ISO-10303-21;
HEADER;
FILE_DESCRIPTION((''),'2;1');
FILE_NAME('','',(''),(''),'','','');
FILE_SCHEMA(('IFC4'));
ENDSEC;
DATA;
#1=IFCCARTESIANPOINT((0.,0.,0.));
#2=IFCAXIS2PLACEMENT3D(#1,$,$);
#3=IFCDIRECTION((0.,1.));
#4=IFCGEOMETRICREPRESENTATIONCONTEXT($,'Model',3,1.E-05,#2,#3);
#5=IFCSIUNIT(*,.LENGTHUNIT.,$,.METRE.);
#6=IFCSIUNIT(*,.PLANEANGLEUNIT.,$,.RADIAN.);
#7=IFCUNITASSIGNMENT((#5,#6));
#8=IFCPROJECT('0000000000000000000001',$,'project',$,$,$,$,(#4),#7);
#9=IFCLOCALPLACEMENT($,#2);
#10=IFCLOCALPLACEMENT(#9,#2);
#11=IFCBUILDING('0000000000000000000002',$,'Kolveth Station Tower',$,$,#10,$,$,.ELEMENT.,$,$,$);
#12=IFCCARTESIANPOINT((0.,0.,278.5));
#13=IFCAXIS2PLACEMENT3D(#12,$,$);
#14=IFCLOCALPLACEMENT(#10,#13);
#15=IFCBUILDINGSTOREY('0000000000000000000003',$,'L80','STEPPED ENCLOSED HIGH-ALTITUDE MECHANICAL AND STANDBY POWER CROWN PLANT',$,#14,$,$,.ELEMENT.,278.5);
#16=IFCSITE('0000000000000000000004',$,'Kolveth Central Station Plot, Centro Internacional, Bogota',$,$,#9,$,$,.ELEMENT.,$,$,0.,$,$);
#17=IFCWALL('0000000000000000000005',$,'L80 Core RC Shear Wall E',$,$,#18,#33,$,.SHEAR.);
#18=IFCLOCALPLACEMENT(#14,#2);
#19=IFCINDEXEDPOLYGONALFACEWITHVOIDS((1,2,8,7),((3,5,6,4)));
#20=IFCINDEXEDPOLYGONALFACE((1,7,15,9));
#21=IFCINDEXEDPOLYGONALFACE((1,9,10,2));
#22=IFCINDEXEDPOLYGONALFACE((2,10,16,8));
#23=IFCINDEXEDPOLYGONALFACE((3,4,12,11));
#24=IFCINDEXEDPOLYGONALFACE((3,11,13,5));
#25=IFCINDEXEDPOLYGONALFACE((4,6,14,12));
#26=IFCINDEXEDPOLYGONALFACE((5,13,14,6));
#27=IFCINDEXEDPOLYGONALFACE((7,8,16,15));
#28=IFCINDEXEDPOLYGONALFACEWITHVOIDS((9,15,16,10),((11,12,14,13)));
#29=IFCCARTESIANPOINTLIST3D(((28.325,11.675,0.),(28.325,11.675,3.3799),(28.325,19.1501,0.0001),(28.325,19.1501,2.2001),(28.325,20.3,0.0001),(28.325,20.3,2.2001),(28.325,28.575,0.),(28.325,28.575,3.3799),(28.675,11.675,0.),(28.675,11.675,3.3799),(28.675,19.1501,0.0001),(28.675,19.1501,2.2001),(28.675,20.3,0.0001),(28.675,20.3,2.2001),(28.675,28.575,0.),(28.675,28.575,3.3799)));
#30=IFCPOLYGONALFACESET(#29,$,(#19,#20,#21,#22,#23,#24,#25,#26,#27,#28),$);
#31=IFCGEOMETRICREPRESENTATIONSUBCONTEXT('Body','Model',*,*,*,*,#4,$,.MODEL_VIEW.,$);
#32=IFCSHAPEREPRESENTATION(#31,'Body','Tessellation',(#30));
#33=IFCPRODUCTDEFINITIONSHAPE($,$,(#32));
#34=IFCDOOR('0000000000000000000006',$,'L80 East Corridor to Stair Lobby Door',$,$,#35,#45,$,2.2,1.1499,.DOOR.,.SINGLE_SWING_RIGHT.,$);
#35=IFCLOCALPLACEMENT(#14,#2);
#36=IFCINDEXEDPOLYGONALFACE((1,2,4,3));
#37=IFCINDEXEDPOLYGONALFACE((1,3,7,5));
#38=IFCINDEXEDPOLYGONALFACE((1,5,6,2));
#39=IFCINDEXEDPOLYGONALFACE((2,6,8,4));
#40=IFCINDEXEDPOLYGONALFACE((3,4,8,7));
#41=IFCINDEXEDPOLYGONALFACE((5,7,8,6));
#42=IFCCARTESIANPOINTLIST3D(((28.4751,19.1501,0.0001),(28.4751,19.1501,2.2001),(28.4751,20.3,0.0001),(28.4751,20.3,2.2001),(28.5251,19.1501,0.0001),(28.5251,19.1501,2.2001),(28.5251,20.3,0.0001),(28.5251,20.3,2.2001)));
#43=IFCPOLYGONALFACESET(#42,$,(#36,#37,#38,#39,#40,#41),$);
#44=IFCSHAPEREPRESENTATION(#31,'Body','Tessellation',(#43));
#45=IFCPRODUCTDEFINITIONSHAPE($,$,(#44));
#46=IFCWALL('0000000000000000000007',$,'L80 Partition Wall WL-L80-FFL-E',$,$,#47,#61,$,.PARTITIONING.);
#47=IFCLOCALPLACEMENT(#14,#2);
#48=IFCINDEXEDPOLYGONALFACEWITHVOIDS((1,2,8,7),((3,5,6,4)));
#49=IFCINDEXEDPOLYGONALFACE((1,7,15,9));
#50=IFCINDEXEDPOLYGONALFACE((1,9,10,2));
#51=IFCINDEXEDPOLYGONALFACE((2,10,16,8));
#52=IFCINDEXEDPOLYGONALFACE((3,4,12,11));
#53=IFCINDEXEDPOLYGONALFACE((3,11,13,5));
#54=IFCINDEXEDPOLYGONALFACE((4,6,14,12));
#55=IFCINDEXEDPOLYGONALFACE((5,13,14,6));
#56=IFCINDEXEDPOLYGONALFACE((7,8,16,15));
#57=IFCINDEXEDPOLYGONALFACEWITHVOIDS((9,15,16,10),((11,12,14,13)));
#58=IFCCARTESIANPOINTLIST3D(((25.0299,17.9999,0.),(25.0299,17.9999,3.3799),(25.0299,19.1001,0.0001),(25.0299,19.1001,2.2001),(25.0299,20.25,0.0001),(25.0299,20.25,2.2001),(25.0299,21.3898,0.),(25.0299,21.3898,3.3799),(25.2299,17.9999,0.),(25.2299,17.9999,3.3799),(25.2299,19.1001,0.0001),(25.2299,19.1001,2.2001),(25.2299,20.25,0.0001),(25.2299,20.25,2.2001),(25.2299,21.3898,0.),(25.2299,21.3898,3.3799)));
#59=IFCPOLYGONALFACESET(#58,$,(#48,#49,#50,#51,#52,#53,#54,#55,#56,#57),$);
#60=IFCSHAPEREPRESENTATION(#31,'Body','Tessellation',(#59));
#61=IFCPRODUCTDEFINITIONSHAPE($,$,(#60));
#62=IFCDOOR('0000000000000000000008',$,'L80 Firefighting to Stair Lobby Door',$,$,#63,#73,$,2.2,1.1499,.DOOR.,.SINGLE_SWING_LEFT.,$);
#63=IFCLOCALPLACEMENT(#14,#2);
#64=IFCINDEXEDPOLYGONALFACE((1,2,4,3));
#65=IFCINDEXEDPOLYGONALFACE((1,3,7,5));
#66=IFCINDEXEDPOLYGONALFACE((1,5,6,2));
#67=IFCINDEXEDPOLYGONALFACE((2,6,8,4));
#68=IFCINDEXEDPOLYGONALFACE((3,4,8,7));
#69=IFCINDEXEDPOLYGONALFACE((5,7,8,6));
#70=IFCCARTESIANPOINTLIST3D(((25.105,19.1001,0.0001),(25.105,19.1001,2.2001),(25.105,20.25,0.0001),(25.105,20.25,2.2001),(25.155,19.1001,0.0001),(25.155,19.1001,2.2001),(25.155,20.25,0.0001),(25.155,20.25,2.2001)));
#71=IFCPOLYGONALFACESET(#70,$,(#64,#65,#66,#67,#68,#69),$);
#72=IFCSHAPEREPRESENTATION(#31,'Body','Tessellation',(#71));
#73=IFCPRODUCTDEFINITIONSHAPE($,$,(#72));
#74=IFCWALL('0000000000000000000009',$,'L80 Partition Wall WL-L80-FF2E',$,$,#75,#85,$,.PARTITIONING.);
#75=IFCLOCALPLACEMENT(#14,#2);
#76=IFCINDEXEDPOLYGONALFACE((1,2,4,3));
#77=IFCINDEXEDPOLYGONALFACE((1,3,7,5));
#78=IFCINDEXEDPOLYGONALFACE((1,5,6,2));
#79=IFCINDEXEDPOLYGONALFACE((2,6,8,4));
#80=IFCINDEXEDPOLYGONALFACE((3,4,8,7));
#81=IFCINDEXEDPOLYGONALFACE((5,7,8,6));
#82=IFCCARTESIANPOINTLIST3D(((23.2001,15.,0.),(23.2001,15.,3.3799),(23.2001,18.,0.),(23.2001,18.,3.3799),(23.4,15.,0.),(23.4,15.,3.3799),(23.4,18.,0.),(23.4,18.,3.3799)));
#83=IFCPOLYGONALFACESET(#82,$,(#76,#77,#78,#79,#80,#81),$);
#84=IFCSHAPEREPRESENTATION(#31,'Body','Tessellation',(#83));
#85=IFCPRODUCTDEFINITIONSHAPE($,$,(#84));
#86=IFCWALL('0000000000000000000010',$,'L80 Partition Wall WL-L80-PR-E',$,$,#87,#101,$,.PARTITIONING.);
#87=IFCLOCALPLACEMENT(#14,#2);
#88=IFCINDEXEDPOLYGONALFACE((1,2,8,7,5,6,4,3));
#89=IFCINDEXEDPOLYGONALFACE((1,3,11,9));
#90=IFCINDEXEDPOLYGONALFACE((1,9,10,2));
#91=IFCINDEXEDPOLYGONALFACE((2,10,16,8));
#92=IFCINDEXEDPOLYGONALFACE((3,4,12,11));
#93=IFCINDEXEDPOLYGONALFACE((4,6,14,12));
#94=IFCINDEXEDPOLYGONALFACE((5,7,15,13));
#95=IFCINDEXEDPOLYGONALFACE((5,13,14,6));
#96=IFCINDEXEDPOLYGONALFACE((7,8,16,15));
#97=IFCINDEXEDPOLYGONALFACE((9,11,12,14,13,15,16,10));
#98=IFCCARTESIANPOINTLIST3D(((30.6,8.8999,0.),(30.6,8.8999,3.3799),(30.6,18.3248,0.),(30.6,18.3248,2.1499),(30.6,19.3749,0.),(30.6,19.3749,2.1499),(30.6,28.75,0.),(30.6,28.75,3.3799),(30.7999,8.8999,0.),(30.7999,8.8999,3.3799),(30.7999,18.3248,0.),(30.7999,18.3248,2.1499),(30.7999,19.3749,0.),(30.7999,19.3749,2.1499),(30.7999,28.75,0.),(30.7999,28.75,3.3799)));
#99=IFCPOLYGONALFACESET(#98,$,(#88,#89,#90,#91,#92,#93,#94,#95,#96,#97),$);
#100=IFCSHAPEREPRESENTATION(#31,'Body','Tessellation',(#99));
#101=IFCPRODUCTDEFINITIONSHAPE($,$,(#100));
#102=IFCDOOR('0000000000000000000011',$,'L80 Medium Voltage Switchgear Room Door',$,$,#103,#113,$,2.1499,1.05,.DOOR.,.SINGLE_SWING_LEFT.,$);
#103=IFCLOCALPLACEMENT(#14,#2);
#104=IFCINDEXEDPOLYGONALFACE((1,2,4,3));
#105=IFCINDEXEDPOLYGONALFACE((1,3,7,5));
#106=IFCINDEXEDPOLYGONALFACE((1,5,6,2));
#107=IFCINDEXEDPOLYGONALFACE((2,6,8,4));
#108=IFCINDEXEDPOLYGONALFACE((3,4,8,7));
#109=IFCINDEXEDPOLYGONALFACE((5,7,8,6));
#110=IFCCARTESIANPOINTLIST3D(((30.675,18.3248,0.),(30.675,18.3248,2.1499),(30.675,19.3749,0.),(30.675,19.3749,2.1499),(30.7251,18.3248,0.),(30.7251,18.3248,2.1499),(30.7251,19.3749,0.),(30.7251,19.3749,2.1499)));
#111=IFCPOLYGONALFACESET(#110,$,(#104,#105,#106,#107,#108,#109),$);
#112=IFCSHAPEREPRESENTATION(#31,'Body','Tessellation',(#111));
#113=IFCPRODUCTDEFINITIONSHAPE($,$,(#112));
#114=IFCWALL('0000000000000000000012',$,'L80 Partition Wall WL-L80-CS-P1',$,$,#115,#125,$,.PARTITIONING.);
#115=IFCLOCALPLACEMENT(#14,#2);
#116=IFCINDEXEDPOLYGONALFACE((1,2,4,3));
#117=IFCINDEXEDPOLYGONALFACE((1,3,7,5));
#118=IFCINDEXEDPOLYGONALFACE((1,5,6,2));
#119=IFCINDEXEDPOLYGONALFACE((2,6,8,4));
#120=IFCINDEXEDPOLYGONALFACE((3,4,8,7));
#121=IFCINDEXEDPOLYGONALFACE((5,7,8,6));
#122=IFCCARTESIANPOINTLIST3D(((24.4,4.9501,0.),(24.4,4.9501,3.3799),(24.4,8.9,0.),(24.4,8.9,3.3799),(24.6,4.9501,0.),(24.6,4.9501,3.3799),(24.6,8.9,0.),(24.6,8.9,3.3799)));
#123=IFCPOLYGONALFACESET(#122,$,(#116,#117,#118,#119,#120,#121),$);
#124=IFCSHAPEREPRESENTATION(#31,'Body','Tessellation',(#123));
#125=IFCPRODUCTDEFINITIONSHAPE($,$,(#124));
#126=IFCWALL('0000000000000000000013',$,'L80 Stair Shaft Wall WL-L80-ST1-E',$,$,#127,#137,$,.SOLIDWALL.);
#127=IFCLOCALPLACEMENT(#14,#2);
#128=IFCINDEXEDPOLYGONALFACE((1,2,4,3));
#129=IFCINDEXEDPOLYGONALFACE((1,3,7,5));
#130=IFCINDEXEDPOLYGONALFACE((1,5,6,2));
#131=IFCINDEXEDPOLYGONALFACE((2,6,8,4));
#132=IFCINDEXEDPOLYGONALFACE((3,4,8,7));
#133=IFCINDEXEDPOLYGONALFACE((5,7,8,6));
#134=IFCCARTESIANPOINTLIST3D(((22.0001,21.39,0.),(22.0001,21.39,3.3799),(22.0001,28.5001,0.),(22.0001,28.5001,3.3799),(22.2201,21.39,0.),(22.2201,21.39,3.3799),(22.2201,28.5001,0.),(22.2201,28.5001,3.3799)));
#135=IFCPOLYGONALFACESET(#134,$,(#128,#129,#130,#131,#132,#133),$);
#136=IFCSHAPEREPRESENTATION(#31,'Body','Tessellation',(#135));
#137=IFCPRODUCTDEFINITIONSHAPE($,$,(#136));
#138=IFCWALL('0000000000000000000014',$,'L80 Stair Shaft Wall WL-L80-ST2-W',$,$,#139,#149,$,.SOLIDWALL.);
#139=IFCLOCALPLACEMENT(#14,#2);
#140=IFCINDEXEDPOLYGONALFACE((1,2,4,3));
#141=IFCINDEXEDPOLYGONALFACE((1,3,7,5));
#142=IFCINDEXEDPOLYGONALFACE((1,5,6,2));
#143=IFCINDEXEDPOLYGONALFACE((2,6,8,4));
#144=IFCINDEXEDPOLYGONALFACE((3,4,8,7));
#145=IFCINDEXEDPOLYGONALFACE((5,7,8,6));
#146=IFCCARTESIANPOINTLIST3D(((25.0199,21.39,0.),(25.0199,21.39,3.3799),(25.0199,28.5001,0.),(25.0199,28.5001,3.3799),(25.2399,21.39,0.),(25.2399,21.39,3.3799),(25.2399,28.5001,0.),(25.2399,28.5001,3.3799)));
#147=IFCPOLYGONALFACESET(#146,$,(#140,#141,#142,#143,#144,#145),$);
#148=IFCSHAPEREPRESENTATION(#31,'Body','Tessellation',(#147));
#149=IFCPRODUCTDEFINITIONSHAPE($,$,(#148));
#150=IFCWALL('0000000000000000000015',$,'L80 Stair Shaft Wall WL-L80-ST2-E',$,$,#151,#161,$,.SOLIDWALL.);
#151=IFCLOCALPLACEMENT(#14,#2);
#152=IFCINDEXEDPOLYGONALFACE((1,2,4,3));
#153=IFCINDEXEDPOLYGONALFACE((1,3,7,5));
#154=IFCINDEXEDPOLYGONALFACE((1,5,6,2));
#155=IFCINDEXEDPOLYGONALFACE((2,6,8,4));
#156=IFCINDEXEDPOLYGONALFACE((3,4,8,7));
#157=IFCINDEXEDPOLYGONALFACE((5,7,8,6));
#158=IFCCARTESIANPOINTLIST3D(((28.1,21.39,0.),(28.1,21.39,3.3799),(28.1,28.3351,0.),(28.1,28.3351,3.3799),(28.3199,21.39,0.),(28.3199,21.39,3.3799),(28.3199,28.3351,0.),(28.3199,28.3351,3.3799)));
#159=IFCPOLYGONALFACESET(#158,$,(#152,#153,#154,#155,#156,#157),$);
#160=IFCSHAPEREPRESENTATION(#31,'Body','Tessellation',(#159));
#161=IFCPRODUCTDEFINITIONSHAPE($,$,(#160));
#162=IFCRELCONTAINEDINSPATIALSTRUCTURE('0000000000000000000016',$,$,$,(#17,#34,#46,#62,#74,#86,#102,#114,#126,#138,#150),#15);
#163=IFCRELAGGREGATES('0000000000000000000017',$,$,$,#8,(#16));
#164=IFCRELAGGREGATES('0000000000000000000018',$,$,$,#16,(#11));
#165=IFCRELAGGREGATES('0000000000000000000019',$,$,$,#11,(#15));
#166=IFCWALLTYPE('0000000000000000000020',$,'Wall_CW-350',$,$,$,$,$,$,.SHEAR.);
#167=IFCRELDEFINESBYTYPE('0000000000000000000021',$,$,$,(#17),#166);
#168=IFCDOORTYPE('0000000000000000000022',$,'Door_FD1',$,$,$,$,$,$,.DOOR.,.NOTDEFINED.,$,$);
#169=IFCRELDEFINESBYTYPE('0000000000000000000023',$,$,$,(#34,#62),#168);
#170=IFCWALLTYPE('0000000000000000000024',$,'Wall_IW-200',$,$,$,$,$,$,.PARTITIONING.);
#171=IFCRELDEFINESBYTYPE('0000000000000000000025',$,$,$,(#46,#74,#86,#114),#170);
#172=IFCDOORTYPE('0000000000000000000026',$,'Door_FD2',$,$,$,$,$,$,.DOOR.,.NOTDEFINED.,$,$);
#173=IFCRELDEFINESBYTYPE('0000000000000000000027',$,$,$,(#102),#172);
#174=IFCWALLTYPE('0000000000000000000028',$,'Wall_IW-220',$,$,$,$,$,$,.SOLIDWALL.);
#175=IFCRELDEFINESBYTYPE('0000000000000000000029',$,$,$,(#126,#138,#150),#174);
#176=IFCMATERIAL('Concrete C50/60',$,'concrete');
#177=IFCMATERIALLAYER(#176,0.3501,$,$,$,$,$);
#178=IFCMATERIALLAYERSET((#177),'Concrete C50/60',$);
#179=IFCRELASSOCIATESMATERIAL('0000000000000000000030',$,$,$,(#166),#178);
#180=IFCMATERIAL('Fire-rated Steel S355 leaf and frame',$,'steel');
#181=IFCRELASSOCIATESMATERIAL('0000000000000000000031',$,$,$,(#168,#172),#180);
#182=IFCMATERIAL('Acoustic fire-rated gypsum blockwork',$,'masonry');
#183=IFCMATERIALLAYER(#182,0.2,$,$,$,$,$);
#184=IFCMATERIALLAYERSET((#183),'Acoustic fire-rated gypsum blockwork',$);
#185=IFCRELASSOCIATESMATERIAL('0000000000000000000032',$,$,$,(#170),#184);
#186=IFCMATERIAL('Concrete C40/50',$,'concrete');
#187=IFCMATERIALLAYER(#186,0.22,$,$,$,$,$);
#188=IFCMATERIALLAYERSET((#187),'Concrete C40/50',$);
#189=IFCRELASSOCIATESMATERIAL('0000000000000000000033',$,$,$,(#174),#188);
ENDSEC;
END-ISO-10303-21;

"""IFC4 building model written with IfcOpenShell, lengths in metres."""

from ifc_helpers import new_model, si_unit, direction, frame, frame_2d, origin, place, context, subcontext, project, spatial, rectangle, extrude, material, layer, layer_set, type_object, element, fill, save


model = new_model("IFC4")

# Units and contexts
model_context = context("Model", 3, precision=1e-05, world=origin(), true_north=direction((0.0, 1.0)))
body_context = subcontext(model_context, "Body", "Model", "MODEL_VIEW")
ifc_project = project(units=[si_unit("LENGTHUNIT", "METRE"), si_unit("PLANEANGLEUNIT", "RADIAN")], contexts=[model_context])

# Site, building, storey
site_placement = place(None, origin())
site = spatial("IfcSite", under=ifc_project, at=site_placement, Name="Kolveth Central Station Plot, Centro Internacional, Bogota", CompositionType="ELEMENT", RefElevation=0.0)
building_placement = place(site_placement, origin())
building = spatial("IfcBuilding", under=site, at=building_placement, Name="Kolveth Station Tower", CompositionType="ELEMENT")
storey_placement = place(building_placement, frame((0.0, 0.0, 278.5)))
storey = spatial("IfcBuildingStorey", under=building, at=storey_placement, Name="L80", Description="STEPPED ENCLOSED HIGH-ALTITUDE MECHANICAL AND STANDBY POWER CROWN PLANT", CompositionType="ELEMENT", Elevation=278.5)

# Shared definitions
ifc_material_1 = material(Name="Concrete C40/50", Category="concrete")

# Walls, openings, doors
ifc_material_2 = material(Name="Concrete C50/60", Category="concrete")
ifc_layer_1 = layer(ifc_material_2, 0.3501)
ifc_layer_set_1 = layer_set([ifc_layer_1], Name="Concrete C50/60")
wall_type_1 = type_object("IfcWallType", Name="Wall_CW-350", PredefinedType="SHEAR", material=ifc_layer_set_1)
wall_1_placement = place(storey_placement, frame((28.5, 11.675, 0.0), z_axis=(0.0, 0.0, 1.0), x_axis=(0.0, 1.0, 0.0)))
wall_1 = element("IfcWall", 1, at=wall_1_placement, inside=storey, type_object=wall_type_1, Name="L80 Core RC Shear Wall E", PredefinedType="SHEAR", context=body_context, shape_type="SweptSolid", body=[
    extrude(rectangle(XDim=16.8999, YDim=0.3501, at=frame_2d((8.45, 0.0))), origin(), (0.0, 0.0, 1.0), 3.3799),
])
opening_1_placement = place(wall_1_placement, frame((7.4751, 0.0, 0.0)))
opening_1 = element("IfcOpeningElement", 2, at=opening_1_placement, cuts=wall_1, PredefinedType="OPENING", context=body_context, shape_type="SweptSolid", body=[
    extrude(rectangle(XDim=1.1499, YDim=2.2, at=frame_2d((0.575, 1.1001))), frame((0.0, 0.1851, 0.0), z_axis=(0.0, -1.0, 0.0), x_axis=(1.0, 0.0, 0.0)), (0.0, 0.0, 1.0), 0.3701),
])
ifc_material_3 = material(Name="Fire-rated Steel S355 leaf and frame", Category="steel")
door_type_1 = type_object("IfcDoorType", Name="Door_FD1", OperationType="NOTDEFINED", PredefinedType="DOOR", material=ifc_material_3)
door_1_placement = place(opening_1_placement, origin())
door_1 = element("IfcDoor", 3, at=door_1_placement, inside=storey, type_object=door_type_1, Name="L80 East Corridor to Stair Lobby Door", OperationType="SINGLE_SWING_RIGHT", OverallHeight=2.2, OverallWidth=1.1499, PredefinedType="DOOR", context=body_context, shape_type="SweptSolid", body=[
    extrude(rectangle(XDim=1.1499, YDim=2.2, at=frame_2d((0.575, 1.1001))), frame((0.0, 0.0249, 0.0), z_axis=(0.0, -1.0, 0.0), x_axis=(1.0, 0.0, 0.0)), (0.0, 0.0, 1.0), 0.05),
])
fill(opening_1, door_1)
ifc_material_4 = material(Name="Acoustic fire-rated gypsum blockwork", Category="masonry")
ifc_layer_2 = layer(ifc_material_4, 0.2)
ifc_layer_set_2 = layer_set([ifc_layer_2], Name="Acoustic fire-rated gypsum blockwork")
wall_type_2 = type_object("IfcWallType", Name="Wall_IW-200", PredefinedType="PARTITIONING", material=ifc_layer_set_2)
wall_2_placement = place(storey_placement, frame((25.1299, 18.0, 0.0), z_axis=(0.0, 0.0, 1.0), x_axis=(0.0, 1.0, 0.0)))
wall_2 = element("IfcWall", 4, at=wall_2_placement, inside=storey, type_object=wall_type_2, Name="L80 Partition Wall WL-L80-FFL-E", PredefinedType="PARTITIONING", context=body_context, shape_type="SweptSolid", body=[
    extrude(rectangle(XDim=3.3899, YDim=0.2, at=frame_2d((1.6948, 0.0))), origin(), (0.0, 0.0, 1.0), 3.3799),
])
opening_2_placement = place(wall_2_placement, frame((1.1001, 0.0, 0.0)))
opening_2 = element("IfcOpeningElement", 5, at=opening_2_placement, cuts=wall_2, PredefinedType="OPENING", context=body_context, shape_type="SweptSolid", body=[
    extrude(rectangle(XDim=1.1499, YDim=2.2, at=frame_2d((0.575, 1.1001))), frame((0.0, 0.1099, 0.0), z_axis=(0.0, -1.0, 0.0), x_axis=(1.0, 0.0, 0.0)), (0.0, 0.0, 1.0), 0.22),
])
door_2_placement = place(opening_2_placement, origin())
door_2 = element("IfcDoor", 6, at=door_2_placement, inside=storey, type_object=door_type_1, Name="L80 Firefighting to Stair Lobby Door", OperationType="SINGLE_SWING_LEFT", OverallHeight=2.2, OverallWidth=1.1499, PredefinedType="DOOR", context=body_context, shape_type="SweptSolid", body=[
    extrude(rectangle(XDim=1.1499, YDim=2.2, at=frame_2d((0.575, 1.1001))), frame((0.0, 0.0249, 0.0), z_axis=(0.0, -1.0, 0.0), x_axis=(1.0, 0.0, 0.0)), (0.0, 0.0, 1.0), 0.05),
])
fill(opening_2, door_2)

# Wall
wall_3_placement = place(storey_placement, frame((23.3, 15.0, 0.0), z_axis=(0.0, 0.0, 1.0), x_axis=(0.0, 1.0, 0.0)))
element("IfcWall", 7, at=wall_3_placement, inside=storey, type_object=wall_type_2, Name="L80 Partition Wall WL-L80-FF2E", PredefinedType="PARTITIONING", context=body_context, shape_type="SweptSolid", body=[
    extrude(rectangle(XDim=3.0, YDim=0.2, at=frame_2d((1.5, 0.0))), origin(), (0.0, 0.0, 1.0), 3.3799),
])

# Wall, opening, door
wall_4_placement = place(storey_placement, frame((30.7, 8.8999, 0.0), z_axis=(0.0, 0.0, 1.0), x_axis=(0.0, 1.0, 0.0)))
wall_4 = element("IfcWall", 8, at=wall_4_placement, inside=storey, type_object=wall_type_2, Name="L80 Partition Wall WL-L80-PR-E", PredefinedType="PARTITIONING", context=body_context, shape_type="SweptSolid", body=[
    extrude(rectangle(XDim=19.8501, YDim=0.2, at=frame_2d((9.925, 0.0))), origin(), (0.0, 0.0, 1.0), 3.3799),
])
opening_3_placement = place(wall_4_placement, frame((9.425, 0.0, 0.0)))
opening_3 = element("IfcOpeningElement", 9, at=opening_3_placement, cuts=wall_4, PredefinedType="OPENING", context=body_context, shape_type="SweptSolid", body=[
    extrude(rectangle(XDim=1.05, YDim=2.1499, at=frame_2d((0.5249, 1.075))), frame((0.0, 0.1099, 0.0), z_axis=(0.0, -1.0, 0.0), x_axis=(1.0, 0.0, 0.0)), (0.0, 0.0, 1.0), 0.22),
])
door_type_2 = type_object("IfcDoorType", Name="Door_FD2", OperationType="NOTDEFINED", PredefinedType="DOOR", material=ifc_material_3)
door_3_placement = place(opening_3_placement, origin())
door_3 = element("IfcDoor", 10, at=door_3_placement, inside=storey, type_object=door_type_2, Name="L80 Medium Voltage Switchgear Room Door", OperationType="SINGLE_SWING_LEFT", OverallHeight=2.1499, OverallWidth=1.05, PredefinedType="DOOR", context=body_context, shape_type="SweptSolid", body=[
    extrude(rectangle(XDim=1.05, YDim=2.1499, at=frame_2d((0.5249, 1.075))), frame((0.0, 0.0249, 0.0), z_axis=(0.0, -1.0, 0.0), x_axis=(1.0, 0.0, 0.0)), (0.0, 0.0, 1.0), 0.05),
])
fill(opening_3, door_3)

# Walls
wall_5_placement = place(storey_placement, frame((24.5, 4.95, 0.0), z_axis=(0.0, 0.0, 1.0), x_axis=(0.0, 1.0, 0.0)))
element("IfcWall", 11, at=wall_5_placement, inside=storey, type_object=wall_type_2, Name="L80 Partition Wall WL-L80-CS-P1", PredefinedType="PARTITIONING", context=body_context, shape_type="SweptSolid", body=[
    extrude(rectangle(XDim=3.95, YDim=0.2, at=frame_2d((1.9751, 0.0))), origin(), (0.0, 0.0, 1.0), 3.3799),
])
ifc_layer_3 = layer(ifc_material_1, 0.22)
ifc_layer_set_3 = layer_set([ifc_layer_3], Name="Concrete C40/50")
wall_type_3 = type_object("IfcWallType", Name="Wall_IW-220", PredefinedType="SOLIDWALL", material=ifc_layer_set_3)
for number, where, z_axis, x_axis, name in (
    (12, (22.1101, 21.3899, 0.0), (0.0, 0.0, 1.0), (0.0, 1.0, 0.0), "L80 Stair Shaft Wall WL-L80-ST1-E"),
    (13, (25.1299, 21.3899, 0.0), (0.0, 0.0, 1.0), (0.0, 1.0, 0.0), "L80 Stair Shaft Wall WL-L80-ST2-W"),
):
    element("IfcWall", number, at=place(storey_placement, frame(where, z_axis=z_axis, x_axis=x_axis)), inside=storey, type_object=wall_type_3, Name=name, PredefinedType="SOLIDWALL", context=body_context, shape_type="SweptSolid", body=[
        extrude(rectangle(XDim=7.1101, YDim=0.22, at=frame_2d((3.5552, 0.0))), origin(), (0.0, 0.0, 1.0), 3.3799),
    ])
wall_6_placement = place(storey_placement, frame((28.21, 21.3899, 0.0), z_axis=(0.0, 0.0, 1.0), x_axis=(0.0, 1.0, 0.0)))
element("IfcWall", 14, at=wall_6_placement, inside=storey, type_object=wall_type_3, Name="L80 Stair Shaft Wall WL-L80-ST2-E", PredefinedType="SOLIDWALL", context=body_context, shape_type="SweptSolid", body=[
    extrude(rectangle(XDim=6.9451, YDim=0.22, at=frame_2d((3.4727, 0.0))), origin(), (0.0, 0.0, 1.0), 3.3799),
])

save(model, "model.ifc")
